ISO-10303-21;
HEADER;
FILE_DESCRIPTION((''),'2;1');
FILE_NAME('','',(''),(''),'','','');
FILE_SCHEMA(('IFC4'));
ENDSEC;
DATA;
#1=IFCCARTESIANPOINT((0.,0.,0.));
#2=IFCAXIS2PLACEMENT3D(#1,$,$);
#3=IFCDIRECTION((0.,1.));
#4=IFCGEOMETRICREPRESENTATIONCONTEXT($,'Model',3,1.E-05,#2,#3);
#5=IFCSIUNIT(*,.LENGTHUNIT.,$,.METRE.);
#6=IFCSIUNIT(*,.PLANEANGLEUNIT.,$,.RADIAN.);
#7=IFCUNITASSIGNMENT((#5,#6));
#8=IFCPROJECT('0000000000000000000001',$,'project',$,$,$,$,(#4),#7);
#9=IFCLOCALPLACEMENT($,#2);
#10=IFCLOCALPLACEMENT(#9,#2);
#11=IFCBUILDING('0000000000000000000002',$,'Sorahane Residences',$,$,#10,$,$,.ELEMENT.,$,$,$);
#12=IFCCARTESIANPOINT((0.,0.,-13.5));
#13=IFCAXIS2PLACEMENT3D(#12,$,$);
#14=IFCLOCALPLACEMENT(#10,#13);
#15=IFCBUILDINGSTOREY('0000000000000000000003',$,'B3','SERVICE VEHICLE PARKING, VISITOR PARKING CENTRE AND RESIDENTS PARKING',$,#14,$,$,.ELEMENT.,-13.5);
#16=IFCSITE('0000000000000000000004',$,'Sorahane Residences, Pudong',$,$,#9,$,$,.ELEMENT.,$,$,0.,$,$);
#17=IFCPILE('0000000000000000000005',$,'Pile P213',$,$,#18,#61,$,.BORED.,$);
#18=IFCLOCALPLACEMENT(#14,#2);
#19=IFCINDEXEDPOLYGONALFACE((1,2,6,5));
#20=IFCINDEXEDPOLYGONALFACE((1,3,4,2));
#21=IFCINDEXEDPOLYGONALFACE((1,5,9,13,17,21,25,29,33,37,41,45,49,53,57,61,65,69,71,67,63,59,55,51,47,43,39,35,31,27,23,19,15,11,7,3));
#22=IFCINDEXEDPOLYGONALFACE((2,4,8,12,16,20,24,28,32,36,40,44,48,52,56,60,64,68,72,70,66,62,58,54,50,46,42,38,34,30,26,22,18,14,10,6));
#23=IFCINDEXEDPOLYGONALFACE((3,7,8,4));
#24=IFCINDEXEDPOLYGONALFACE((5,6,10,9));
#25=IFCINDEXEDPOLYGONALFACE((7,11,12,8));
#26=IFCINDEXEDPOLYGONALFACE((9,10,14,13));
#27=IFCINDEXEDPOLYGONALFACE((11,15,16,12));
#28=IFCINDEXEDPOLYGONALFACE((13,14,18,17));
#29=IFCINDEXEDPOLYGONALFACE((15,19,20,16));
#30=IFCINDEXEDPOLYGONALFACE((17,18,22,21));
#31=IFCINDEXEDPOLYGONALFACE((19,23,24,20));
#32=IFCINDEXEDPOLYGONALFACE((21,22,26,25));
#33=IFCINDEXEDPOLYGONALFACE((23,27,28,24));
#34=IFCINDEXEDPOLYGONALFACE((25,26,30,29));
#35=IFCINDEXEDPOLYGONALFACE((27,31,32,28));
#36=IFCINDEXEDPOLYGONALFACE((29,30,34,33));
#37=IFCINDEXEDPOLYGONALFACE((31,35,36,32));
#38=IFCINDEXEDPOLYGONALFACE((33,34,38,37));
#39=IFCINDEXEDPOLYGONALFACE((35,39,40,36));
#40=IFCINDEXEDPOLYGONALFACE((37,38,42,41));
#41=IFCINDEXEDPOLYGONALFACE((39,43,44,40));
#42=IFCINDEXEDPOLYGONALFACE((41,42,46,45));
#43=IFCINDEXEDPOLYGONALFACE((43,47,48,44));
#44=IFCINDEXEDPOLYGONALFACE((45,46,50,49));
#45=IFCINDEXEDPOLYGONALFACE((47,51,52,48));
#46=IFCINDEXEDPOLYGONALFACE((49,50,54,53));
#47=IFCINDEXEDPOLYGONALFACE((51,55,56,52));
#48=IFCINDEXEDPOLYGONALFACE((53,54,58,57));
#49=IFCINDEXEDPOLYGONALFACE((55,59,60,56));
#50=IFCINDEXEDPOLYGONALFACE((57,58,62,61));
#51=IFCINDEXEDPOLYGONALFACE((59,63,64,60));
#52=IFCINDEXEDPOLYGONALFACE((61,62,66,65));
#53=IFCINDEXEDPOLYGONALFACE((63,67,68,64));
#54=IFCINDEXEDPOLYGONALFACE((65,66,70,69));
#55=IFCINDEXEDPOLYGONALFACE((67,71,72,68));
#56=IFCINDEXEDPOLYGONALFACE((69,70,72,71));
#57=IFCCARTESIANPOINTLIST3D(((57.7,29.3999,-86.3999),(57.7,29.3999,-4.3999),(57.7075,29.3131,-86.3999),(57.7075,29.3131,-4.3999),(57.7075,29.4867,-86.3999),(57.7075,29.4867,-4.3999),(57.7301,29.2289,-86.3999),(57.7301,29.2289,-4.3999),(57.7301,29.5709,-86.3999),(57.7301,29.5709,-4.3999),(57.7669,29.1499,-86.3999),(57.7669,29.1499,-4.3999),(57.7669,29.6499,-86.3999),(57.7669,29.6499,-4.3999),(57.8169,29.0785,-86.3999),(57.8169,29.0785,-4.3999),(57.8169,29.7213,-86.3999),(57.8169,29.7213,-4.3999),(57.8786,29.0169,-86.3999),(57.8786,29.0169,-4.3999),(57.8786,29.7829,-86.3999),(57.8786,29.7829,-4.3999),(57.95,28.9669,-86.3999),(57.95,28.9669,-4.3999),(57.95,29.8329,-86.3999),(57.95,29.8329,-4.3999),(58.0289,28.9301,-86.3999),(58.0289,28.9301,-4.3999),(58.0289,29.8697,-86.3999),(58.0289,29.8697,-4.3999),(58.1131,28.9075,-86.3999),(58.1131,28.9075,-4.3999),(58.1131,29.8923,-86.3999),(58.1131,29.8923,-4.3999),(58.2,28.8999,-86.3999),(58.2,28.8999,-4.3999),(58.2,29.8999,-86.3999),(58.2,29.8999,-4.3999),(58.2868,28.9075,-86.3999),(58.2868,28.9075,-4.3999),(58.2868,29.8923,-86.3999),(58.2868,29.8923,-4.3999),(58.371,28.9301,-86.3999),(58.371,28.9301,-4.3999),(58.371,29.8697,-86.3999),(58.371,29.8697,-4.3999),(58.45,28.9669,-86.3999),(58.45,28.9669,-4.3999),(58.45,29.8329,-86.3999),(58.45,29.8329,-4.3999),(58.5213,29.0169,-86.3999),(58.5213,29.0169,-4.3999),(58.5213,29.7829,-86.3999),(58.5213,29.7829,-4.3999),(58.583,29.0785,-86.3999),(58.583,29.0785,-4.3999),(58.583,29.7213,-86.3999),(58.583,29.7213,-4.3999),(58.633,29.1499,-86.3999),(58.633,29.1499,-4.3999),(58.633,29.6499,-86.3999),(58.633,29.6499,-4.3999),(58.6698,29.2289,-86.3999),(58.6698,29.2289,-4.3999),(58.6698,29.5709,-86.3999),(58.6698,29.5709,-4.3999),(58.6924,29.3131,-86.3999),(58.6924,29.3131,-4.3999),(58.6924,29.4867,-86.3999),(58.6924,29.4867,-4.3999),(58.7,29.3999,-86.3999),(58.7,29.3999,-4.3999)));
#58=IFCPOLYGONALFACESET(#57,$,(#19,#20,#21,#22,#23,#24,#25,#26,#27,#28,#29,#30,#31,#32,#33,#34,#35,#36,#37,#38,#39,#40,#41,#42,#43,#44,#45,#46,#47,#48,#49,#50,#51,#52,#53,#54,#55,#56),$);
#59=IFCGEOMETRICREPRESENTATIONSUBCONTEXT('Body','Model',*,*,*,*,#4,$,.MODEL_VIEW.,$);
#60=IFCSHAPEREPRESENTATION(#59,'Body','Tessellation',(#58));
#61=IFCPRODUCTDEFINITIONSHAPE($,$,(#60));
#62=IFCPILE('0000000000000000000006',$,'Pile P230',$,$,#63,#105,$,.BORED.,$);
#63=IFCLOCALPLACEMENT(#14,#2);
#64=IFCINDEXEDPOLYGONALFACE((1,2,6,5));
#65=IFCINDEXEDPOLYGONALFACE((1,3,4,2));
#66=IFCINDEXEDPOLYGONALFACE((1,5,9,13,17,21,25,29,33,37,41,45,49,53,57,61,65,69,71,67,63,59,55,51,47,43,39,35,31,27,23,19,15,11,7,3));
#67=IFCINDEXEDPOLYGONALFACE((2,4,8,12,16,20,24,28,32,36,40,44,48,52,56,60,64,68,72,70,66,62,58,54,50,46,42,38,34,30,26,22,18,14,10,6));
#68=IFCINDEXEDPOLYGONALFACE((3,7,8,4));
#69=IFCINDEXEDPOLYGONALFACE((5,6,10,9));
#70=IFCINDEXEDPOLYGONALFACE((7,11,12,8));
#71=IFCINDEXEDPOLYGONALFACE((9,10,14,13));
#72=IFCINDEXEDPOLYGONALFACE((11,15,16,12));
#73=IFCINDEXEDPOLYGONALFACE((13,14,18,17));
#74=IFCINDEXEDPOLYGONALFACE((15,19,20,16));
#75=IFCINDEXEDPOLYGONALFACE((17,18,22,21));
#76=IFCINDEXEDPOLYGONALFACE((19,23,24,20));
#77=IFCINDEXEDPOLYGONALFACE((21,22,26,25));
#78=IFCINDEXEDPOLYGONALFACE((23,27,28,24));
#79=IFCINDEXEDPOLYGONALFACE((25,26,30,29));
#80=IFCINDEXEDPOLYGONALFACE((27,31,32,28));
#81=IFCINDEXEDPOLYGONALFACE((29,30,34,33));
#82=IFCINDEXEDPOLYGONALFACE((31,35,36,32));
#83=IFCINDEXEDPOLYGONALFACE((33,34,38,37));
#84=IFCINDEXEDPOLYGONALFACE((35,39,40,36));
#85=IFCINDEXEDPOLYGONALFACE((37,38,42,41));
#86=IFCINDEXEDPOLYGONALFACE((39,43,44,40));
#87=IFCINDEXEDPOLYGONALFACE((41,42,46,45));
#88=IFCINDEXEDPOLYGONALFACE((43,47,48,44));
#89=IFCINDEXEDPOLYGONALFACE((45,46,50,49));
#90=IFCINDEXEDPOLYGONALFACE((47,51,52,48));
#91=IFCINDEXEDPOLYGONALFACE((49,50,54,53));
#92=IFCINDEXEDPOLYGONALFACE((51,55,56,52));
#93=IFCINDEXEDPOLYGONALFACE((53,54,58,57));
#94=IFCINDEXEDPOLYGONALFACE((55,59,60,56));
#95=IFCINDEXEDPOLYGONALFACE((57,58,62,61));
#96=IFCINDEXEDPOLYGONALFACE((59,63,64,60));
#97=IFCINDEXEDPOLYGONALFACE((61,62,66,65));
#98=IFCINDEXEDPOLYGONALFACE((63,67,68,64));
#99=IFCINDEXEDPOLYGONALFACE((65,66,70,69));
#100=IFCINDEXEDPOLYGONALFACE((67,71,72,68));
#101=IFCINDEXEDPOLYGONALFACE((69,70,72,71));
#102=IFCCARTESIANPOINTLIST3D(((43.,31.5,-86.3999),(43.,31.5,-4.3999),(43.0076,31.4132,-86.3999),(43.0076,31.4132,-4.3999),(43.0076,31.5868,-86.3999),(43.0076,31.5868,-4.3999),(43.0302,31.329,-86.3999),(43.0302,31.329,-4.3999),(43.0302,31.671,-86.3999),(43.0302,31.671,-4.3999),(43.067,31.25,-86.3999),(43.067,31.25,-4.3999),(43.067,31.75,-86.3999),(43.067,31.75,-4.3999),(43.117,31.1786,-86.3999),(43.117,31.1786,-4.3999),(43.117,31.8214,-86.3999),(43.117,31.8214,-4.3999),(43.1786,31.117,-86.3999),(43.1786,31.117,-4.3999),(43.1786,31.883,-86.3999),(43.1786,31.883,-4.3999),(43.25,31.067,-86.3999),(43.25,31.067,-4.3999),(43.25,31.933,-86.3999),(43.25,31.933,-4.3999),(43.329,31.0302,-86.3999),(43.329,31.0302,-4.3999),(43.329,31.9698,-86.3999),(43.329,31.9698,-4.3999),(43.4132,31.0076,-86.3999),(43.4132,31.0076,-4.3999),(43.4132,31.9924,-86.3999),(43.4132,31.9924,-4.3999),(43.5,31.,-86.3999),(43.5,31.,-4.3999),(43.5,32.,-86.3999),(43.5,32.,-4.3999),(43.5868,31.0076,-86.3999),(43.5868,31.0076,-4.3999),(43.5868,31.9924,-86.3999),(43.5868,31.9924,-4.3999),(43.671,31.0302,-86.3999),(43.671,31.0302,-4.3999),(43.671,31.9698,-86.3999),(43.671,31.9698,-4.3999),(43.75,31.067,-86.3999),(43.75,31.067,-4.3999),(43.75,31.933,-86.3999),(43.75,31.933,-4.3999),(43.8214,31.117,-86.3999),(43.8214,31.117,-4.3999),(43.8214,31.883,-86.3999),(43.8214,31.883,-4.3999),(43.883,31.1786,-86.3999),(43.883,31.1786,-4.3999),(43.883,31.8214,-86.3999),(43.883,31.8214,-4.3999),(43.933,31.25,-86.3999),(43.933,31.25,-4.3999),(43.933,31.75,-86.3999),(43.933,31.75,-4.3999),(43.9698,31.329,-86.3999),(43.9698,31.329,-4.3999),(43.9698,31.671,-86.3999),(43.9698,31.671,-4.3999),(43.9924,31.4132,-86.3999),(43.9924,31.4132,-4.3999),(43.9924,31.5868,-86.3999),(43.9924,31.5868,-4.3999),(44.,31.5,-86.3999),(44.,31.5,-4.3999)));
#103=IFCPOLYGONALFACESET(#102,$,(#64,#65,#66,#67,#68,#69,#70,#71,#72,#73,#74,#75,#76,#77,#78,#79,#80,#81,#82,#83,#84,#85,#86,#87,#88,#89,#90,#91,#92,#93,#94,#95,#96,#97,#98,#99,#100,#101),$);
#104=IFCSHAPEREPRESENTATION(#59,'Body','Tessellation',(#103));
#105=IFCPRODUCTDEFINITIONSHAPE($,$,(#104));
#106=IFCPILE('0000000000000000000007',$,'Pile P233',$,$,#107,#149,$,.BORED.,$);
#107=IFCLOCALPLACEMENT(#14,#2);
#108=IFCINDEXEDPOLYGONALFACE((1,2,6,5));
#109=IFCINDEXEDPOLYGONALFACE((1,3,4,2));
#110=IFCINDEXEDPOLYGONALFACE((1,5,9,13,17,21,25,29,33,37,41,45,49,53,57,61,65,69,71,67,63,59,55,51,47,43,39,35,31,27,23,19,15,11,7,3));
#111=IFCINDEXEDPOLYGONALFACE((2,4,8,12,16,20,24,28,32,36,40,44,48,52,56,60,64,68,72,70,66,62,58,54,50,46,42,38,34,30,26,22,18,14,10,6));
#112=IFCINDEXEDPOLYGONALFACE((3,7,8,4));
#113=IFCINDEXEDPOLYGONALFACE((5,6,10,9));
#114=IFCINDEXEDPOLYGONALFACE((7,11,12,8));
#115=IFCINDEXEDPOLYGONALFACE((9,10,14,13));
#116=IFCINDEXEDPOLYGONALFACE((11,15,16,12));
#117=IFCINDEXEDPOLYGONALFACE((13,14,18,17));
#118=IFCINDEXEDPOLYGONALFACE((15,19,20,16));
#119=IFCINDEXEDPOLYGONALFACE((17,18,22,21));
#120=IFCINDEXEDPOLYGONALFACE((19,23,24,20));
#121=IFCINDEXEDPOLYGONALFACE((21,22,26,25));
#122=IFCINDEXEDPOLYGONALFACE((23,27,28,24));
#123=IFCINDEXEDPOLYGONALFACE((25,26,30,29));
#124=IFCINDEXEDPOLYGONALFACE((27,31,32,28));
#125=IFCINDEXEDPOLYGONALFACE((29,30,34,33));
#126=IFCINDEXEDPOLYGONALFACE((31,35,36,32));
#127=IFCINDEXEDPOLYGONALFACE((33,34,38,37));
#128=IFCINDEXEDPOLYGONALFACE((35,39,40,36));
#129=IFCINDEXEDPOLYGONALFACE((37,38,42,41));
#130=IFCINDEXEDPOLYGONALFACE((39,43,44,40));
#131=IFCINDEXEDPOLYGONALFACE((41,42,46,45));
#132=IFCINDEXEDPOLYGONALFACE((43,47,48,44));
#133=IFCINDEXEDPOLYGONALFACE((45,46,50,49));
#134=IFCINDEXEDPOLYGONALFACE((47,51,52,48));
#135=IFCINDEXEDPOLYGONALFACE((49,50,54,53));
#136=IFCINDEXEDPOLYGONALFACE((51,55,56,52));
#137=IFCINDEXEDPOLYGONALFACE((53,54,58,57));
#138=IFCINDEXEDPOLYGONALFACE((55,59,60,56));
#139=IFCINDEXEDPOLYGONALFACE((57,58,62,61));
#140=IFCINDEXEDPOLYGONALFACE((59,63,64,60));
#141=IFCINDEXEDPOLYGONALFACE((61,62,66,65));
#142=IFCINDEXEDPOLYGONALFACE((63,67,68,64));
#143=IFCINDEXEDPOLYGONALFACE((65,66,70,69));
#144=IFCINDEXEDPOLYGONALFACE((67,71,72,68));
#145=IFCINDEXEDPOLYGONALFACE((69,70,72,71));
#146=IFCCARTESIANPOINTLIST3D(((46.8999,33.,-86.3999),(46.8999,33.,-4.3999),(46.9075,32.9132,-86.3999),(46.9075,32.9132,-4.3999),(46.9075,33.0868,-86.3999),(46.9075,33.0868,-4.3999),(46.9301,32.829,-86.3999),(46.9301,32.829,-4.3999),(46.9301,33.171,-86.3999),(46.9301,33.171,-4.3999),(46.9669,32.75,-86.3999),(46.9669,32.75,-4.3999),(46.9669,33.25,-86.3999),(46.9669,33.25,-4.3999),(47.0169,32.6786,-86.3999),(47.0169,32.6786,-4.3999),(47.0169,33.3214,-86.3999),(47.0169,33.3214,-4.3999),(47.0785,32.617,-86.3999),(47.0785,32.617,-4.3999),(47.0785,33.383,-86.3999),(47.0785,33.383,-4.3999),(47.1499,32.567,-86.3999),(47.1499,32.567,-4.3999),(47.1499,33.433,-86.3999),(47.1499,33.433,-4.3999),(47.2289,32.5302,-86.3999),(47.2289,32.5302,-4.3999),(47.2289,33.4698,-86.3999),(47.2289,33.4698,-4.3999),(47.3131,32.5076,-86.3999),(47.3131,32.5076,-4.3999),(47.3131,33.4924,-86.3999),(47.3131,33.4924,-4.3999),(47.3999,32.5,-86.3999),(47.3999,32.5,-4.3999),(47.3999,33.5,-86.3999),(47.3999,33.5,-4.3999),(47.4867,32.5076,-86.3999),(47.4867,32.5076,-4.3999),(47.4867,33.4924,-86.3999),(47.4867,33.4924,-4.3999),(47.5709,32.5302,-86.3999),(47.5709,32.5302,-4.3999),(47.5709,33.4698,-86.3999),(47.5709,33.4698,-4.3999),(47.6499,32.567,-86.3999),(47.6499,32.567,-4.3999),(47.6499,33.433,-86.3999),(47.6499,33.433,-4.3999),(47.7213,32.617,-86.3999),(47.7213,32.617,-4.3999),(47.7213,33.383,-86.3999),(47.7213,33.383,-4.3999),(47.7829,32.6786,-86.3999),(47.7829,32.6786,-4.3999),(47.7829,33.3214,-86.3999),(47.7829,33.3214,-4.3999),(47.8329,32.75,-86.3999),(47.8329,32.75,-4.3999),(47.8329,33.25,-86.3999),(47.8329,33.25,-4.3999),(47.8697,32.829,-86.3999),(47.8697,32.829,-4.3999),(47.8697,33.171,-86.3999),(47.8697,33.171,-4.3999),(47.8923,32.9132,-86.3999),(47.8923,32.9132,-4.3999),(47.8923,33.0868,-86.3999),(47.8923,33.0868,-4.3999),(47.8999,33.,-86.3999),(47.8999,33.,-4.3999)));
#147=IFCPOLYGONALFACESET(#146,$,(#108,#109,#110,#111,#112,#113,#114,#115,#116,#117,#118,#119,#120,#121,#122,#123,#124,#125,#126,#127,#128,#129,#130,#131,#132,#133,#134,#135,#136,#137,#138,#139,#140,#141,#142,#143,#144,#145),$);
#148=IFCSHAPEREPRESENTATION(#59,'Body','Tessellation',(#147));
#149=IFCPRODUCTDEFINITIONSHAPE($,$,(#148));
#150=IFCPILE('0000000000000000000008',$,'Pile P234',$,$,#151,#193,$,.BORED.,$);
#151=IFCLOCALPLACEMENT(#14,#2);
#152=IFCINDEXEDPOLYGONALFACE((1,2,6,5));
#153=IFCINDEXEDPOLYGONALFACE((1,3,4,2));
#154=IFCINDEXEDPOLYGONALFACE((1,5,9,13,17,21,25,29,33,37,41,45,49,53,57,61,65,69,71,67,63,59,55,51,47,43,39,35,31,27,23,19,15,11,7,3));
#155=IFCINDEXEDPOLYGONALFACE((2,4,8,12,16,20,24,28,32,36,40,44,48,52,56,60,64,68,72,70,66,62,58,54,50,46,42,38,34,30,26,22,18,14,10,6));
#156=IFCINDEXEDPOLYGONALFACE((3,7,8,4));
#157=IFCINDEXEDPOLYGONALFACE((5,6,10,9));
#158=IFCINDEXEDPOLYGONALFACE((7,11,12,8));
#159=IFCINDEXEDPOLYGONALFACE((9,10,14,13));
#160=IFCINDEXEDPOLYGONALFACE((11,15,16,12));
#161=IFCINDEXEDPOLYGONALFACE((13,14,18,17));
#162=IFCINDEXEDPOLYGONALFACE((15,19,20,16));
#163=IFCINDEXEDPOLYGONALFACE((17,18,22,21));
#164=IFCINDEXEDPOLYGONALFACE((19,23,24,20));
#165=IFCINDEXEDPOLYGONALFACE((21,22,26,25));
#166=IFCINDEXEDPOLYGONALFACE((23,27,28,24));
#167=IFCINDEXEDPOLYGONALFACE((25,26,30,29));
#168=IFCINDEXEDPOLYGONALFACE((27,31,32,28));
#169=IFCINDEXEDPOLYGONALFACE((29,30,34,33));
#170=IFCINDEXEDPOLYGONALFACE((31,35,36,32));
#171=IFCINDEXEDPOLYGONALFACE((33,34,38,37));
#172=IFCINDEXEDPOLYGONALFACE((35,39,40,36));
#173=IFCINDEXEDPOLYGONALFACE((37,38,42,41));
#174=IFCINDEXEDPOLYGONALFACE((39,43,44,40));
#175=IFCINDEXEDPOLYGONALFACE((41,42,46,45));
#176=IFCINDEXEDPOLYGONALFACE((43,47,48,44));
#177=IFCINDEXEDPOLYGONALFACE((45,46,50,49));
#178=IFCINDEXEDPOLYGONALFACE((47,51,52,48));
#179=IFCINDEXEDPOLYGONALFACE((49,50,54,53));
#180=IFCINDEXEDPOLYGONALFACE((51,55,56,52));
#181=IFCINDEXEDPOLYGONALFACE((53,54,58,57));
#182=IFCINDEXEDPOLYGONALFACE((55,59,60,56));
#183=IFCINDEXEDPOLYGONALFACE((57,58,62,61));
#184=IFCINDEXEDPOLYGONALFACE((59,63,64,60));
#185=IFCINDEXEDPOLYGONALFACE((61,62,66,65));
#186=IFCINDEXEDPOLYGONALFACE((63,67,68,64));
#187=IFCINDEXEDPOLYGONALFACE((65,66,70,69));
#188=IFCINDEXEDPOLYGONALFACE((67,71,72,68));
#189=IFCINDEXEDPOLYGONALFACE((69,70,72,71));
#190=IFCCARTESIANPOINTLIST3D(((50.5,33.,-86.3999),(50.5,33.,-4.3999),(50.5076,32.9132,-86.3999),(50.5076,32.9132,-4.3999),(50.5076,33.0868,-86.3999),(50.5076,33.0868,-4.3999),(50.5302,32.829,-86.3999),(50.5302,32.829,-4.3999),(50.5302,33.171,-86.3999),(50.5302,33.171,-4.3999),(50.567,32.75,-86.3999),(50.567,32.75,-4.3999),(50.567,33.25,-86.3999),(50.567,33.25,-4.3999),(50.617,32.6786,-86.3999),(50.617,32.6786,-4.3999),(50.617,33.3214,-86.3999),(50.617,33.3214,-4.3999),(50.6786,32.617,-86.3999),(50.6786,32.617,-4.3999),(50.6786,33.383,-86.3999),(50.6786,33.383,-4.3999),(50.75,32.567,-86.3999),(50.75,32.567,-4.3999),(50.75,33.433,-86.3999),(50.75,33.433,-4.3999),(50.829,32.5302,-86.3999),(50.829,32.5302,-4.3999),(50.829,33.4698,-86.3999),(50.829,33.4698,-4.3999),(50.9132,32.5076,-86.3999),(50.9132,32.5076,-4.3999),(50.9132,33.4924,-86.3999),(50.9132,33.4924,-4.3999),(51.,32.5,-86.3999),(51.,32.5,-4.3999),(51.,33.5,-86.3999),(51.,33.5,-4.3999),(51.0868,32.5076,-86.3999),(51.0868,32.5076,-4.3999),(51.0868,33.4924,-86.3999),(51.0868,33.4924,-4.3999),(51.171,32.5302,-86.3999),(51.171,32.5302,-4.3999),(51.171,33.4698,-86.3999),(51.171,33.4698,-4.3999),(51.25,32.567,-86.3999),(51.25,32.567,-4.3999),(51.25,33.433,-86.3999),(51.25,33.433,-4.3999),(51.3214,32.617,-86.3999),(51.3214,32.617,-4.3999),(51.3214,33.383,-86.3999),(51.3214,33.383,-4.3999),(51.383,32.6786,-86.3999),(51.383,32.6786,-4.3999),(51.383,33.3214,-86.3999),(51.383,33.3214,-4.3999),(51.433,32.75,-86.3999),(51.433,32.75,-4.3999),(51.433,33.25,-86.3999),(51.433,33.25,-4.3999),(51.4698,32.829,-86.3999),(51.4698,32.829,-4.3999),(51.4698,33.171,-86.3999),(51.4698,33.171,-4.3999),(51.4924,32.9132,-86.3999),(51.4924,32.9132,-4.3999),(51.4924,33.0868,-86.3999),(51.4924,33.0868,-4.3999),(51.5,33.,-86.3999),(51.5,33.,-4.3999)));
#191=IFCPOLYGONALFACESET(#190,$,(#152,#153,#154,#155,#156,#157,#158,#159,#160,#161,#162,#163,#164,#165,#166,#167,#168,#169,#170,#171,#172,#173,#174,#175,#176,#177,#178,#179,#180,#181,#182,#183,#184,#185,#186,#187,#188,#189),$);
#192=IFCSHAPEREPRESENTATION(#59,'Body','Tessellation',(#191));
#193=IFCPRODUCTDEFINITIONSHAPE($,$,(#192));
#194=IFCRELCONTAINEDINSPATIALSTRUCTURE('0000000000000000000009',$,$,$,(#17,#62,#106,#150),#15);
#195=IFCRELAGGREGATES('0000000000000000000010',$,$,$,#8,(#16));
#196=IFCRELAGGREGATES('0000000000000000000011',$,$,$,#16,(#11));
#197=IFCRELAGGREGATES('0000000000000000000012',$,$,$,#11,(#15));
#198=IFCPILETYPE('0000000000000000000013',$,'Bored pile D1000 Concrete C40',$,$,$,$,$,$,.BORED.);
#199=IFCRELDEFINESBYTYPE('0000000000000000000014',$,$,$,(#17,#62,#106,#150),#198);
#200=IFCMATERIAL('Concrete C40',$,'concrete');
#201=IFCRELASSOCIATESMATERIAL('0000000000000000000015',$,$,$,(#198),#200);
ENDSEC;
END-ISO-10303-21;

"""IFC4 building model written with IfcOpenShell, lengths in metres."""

from ifc_helpers import new_model, si_unit, direction, frame, origin, origin_2d, place, context, subcontext, project, spatial, circle, extrude, material, material_profile, profile_set, type_object, element, save


model = new_model("IFC4")

# Units and contexts
model_context = context("Model", 3, precision=1e-05, world=origin(), true_north=direction((0.0, 1.0)))
body_context = subcontext(model_context, "Body", "Model", "MODEL_VIEW")
ifc_project = project(units=[si_unit("LENGTHUNIT", "METRE"), si_unit("PLANEANGLEUNIT", "RADIAN")], contexts=[model_context])

# Site, building, storey
site_placement = place(None, origin())
site = spatial("IfcSite", under=ifc_project, at=site_placement, Name="Sorahane Residences, Pudong", CompositionType="ELEMENT", RefElevation=0.0)
building_placement = place(site_placement, origin())
building = spatial("IfcBuilding", under=site, at=building_placement, Name="Sorahane Residences", CompositionType="ELEMENT")
storey_placement = place(building_placement, frame((0.0, 0.0, -13.5)))
storey = spatial("IfcBuildingStorey", under=building, at=storey_placement, Name="B3", Description="SERVICE VEHICLE PARKING, VISITOR PARKING CENTRE AND RESIDENTS PARKING", CompositionType="ELEMENT", Elevation=-13.5)

# Piles
ifc_material_1 = material(Name="Concrete C40", Category="concrete")
ifc_material_profile_1 = material_profile(ifc_material_1, circle(Radius=0.5, at=origin_2d()), Name="D1000")
ifc_profile_set_1 = profile_set([ifc_material_profile_1], Name="Concrete C40")
pile_type = type_object("IfcPileType", Name="Bored pile D1000 Concrete C40", PredefinedType="BORED", material=ifc_profile_set_1)
for number, where, z_axis, x_axis, name in (
    (1, (58.2, 29.3999, -4.3999), (0.0, 0.0, -1.0), (1.0, 0.0, 0.0), "Pile P213"),
    (2, (43.5, 31.5, -4.3999), (0.0, 0.0, -1.0), (1.0, 0.0, 0.0), "Pile P230"),
    (3, (47.3999, 33.0, -4.3999), (0.0, 0.0, -1.0), (1.0, 0.0, 0.0), "Pile P233"),
    (4, (51.0, 33.0, -4.3999), (0.0, 0.0, -1.0), (1.0, 0.0, 0.0), "Pile P234"),
):
    element("IfcPile", number, at=place(storey_placement, frame(where, z_axis=z_axis, x_axis=x_axis)), inside=storey, type_object=pile_type, Name=name, PredefinedType="BORED", context=body_context, shape_type="SweptSolid", body=[
        extrude(circle(Radius=0.5, at=origin_2d()), origin(), (0.0, 0.0, 1.0), 82.0),
    ])

save(model, "model.ifc")
